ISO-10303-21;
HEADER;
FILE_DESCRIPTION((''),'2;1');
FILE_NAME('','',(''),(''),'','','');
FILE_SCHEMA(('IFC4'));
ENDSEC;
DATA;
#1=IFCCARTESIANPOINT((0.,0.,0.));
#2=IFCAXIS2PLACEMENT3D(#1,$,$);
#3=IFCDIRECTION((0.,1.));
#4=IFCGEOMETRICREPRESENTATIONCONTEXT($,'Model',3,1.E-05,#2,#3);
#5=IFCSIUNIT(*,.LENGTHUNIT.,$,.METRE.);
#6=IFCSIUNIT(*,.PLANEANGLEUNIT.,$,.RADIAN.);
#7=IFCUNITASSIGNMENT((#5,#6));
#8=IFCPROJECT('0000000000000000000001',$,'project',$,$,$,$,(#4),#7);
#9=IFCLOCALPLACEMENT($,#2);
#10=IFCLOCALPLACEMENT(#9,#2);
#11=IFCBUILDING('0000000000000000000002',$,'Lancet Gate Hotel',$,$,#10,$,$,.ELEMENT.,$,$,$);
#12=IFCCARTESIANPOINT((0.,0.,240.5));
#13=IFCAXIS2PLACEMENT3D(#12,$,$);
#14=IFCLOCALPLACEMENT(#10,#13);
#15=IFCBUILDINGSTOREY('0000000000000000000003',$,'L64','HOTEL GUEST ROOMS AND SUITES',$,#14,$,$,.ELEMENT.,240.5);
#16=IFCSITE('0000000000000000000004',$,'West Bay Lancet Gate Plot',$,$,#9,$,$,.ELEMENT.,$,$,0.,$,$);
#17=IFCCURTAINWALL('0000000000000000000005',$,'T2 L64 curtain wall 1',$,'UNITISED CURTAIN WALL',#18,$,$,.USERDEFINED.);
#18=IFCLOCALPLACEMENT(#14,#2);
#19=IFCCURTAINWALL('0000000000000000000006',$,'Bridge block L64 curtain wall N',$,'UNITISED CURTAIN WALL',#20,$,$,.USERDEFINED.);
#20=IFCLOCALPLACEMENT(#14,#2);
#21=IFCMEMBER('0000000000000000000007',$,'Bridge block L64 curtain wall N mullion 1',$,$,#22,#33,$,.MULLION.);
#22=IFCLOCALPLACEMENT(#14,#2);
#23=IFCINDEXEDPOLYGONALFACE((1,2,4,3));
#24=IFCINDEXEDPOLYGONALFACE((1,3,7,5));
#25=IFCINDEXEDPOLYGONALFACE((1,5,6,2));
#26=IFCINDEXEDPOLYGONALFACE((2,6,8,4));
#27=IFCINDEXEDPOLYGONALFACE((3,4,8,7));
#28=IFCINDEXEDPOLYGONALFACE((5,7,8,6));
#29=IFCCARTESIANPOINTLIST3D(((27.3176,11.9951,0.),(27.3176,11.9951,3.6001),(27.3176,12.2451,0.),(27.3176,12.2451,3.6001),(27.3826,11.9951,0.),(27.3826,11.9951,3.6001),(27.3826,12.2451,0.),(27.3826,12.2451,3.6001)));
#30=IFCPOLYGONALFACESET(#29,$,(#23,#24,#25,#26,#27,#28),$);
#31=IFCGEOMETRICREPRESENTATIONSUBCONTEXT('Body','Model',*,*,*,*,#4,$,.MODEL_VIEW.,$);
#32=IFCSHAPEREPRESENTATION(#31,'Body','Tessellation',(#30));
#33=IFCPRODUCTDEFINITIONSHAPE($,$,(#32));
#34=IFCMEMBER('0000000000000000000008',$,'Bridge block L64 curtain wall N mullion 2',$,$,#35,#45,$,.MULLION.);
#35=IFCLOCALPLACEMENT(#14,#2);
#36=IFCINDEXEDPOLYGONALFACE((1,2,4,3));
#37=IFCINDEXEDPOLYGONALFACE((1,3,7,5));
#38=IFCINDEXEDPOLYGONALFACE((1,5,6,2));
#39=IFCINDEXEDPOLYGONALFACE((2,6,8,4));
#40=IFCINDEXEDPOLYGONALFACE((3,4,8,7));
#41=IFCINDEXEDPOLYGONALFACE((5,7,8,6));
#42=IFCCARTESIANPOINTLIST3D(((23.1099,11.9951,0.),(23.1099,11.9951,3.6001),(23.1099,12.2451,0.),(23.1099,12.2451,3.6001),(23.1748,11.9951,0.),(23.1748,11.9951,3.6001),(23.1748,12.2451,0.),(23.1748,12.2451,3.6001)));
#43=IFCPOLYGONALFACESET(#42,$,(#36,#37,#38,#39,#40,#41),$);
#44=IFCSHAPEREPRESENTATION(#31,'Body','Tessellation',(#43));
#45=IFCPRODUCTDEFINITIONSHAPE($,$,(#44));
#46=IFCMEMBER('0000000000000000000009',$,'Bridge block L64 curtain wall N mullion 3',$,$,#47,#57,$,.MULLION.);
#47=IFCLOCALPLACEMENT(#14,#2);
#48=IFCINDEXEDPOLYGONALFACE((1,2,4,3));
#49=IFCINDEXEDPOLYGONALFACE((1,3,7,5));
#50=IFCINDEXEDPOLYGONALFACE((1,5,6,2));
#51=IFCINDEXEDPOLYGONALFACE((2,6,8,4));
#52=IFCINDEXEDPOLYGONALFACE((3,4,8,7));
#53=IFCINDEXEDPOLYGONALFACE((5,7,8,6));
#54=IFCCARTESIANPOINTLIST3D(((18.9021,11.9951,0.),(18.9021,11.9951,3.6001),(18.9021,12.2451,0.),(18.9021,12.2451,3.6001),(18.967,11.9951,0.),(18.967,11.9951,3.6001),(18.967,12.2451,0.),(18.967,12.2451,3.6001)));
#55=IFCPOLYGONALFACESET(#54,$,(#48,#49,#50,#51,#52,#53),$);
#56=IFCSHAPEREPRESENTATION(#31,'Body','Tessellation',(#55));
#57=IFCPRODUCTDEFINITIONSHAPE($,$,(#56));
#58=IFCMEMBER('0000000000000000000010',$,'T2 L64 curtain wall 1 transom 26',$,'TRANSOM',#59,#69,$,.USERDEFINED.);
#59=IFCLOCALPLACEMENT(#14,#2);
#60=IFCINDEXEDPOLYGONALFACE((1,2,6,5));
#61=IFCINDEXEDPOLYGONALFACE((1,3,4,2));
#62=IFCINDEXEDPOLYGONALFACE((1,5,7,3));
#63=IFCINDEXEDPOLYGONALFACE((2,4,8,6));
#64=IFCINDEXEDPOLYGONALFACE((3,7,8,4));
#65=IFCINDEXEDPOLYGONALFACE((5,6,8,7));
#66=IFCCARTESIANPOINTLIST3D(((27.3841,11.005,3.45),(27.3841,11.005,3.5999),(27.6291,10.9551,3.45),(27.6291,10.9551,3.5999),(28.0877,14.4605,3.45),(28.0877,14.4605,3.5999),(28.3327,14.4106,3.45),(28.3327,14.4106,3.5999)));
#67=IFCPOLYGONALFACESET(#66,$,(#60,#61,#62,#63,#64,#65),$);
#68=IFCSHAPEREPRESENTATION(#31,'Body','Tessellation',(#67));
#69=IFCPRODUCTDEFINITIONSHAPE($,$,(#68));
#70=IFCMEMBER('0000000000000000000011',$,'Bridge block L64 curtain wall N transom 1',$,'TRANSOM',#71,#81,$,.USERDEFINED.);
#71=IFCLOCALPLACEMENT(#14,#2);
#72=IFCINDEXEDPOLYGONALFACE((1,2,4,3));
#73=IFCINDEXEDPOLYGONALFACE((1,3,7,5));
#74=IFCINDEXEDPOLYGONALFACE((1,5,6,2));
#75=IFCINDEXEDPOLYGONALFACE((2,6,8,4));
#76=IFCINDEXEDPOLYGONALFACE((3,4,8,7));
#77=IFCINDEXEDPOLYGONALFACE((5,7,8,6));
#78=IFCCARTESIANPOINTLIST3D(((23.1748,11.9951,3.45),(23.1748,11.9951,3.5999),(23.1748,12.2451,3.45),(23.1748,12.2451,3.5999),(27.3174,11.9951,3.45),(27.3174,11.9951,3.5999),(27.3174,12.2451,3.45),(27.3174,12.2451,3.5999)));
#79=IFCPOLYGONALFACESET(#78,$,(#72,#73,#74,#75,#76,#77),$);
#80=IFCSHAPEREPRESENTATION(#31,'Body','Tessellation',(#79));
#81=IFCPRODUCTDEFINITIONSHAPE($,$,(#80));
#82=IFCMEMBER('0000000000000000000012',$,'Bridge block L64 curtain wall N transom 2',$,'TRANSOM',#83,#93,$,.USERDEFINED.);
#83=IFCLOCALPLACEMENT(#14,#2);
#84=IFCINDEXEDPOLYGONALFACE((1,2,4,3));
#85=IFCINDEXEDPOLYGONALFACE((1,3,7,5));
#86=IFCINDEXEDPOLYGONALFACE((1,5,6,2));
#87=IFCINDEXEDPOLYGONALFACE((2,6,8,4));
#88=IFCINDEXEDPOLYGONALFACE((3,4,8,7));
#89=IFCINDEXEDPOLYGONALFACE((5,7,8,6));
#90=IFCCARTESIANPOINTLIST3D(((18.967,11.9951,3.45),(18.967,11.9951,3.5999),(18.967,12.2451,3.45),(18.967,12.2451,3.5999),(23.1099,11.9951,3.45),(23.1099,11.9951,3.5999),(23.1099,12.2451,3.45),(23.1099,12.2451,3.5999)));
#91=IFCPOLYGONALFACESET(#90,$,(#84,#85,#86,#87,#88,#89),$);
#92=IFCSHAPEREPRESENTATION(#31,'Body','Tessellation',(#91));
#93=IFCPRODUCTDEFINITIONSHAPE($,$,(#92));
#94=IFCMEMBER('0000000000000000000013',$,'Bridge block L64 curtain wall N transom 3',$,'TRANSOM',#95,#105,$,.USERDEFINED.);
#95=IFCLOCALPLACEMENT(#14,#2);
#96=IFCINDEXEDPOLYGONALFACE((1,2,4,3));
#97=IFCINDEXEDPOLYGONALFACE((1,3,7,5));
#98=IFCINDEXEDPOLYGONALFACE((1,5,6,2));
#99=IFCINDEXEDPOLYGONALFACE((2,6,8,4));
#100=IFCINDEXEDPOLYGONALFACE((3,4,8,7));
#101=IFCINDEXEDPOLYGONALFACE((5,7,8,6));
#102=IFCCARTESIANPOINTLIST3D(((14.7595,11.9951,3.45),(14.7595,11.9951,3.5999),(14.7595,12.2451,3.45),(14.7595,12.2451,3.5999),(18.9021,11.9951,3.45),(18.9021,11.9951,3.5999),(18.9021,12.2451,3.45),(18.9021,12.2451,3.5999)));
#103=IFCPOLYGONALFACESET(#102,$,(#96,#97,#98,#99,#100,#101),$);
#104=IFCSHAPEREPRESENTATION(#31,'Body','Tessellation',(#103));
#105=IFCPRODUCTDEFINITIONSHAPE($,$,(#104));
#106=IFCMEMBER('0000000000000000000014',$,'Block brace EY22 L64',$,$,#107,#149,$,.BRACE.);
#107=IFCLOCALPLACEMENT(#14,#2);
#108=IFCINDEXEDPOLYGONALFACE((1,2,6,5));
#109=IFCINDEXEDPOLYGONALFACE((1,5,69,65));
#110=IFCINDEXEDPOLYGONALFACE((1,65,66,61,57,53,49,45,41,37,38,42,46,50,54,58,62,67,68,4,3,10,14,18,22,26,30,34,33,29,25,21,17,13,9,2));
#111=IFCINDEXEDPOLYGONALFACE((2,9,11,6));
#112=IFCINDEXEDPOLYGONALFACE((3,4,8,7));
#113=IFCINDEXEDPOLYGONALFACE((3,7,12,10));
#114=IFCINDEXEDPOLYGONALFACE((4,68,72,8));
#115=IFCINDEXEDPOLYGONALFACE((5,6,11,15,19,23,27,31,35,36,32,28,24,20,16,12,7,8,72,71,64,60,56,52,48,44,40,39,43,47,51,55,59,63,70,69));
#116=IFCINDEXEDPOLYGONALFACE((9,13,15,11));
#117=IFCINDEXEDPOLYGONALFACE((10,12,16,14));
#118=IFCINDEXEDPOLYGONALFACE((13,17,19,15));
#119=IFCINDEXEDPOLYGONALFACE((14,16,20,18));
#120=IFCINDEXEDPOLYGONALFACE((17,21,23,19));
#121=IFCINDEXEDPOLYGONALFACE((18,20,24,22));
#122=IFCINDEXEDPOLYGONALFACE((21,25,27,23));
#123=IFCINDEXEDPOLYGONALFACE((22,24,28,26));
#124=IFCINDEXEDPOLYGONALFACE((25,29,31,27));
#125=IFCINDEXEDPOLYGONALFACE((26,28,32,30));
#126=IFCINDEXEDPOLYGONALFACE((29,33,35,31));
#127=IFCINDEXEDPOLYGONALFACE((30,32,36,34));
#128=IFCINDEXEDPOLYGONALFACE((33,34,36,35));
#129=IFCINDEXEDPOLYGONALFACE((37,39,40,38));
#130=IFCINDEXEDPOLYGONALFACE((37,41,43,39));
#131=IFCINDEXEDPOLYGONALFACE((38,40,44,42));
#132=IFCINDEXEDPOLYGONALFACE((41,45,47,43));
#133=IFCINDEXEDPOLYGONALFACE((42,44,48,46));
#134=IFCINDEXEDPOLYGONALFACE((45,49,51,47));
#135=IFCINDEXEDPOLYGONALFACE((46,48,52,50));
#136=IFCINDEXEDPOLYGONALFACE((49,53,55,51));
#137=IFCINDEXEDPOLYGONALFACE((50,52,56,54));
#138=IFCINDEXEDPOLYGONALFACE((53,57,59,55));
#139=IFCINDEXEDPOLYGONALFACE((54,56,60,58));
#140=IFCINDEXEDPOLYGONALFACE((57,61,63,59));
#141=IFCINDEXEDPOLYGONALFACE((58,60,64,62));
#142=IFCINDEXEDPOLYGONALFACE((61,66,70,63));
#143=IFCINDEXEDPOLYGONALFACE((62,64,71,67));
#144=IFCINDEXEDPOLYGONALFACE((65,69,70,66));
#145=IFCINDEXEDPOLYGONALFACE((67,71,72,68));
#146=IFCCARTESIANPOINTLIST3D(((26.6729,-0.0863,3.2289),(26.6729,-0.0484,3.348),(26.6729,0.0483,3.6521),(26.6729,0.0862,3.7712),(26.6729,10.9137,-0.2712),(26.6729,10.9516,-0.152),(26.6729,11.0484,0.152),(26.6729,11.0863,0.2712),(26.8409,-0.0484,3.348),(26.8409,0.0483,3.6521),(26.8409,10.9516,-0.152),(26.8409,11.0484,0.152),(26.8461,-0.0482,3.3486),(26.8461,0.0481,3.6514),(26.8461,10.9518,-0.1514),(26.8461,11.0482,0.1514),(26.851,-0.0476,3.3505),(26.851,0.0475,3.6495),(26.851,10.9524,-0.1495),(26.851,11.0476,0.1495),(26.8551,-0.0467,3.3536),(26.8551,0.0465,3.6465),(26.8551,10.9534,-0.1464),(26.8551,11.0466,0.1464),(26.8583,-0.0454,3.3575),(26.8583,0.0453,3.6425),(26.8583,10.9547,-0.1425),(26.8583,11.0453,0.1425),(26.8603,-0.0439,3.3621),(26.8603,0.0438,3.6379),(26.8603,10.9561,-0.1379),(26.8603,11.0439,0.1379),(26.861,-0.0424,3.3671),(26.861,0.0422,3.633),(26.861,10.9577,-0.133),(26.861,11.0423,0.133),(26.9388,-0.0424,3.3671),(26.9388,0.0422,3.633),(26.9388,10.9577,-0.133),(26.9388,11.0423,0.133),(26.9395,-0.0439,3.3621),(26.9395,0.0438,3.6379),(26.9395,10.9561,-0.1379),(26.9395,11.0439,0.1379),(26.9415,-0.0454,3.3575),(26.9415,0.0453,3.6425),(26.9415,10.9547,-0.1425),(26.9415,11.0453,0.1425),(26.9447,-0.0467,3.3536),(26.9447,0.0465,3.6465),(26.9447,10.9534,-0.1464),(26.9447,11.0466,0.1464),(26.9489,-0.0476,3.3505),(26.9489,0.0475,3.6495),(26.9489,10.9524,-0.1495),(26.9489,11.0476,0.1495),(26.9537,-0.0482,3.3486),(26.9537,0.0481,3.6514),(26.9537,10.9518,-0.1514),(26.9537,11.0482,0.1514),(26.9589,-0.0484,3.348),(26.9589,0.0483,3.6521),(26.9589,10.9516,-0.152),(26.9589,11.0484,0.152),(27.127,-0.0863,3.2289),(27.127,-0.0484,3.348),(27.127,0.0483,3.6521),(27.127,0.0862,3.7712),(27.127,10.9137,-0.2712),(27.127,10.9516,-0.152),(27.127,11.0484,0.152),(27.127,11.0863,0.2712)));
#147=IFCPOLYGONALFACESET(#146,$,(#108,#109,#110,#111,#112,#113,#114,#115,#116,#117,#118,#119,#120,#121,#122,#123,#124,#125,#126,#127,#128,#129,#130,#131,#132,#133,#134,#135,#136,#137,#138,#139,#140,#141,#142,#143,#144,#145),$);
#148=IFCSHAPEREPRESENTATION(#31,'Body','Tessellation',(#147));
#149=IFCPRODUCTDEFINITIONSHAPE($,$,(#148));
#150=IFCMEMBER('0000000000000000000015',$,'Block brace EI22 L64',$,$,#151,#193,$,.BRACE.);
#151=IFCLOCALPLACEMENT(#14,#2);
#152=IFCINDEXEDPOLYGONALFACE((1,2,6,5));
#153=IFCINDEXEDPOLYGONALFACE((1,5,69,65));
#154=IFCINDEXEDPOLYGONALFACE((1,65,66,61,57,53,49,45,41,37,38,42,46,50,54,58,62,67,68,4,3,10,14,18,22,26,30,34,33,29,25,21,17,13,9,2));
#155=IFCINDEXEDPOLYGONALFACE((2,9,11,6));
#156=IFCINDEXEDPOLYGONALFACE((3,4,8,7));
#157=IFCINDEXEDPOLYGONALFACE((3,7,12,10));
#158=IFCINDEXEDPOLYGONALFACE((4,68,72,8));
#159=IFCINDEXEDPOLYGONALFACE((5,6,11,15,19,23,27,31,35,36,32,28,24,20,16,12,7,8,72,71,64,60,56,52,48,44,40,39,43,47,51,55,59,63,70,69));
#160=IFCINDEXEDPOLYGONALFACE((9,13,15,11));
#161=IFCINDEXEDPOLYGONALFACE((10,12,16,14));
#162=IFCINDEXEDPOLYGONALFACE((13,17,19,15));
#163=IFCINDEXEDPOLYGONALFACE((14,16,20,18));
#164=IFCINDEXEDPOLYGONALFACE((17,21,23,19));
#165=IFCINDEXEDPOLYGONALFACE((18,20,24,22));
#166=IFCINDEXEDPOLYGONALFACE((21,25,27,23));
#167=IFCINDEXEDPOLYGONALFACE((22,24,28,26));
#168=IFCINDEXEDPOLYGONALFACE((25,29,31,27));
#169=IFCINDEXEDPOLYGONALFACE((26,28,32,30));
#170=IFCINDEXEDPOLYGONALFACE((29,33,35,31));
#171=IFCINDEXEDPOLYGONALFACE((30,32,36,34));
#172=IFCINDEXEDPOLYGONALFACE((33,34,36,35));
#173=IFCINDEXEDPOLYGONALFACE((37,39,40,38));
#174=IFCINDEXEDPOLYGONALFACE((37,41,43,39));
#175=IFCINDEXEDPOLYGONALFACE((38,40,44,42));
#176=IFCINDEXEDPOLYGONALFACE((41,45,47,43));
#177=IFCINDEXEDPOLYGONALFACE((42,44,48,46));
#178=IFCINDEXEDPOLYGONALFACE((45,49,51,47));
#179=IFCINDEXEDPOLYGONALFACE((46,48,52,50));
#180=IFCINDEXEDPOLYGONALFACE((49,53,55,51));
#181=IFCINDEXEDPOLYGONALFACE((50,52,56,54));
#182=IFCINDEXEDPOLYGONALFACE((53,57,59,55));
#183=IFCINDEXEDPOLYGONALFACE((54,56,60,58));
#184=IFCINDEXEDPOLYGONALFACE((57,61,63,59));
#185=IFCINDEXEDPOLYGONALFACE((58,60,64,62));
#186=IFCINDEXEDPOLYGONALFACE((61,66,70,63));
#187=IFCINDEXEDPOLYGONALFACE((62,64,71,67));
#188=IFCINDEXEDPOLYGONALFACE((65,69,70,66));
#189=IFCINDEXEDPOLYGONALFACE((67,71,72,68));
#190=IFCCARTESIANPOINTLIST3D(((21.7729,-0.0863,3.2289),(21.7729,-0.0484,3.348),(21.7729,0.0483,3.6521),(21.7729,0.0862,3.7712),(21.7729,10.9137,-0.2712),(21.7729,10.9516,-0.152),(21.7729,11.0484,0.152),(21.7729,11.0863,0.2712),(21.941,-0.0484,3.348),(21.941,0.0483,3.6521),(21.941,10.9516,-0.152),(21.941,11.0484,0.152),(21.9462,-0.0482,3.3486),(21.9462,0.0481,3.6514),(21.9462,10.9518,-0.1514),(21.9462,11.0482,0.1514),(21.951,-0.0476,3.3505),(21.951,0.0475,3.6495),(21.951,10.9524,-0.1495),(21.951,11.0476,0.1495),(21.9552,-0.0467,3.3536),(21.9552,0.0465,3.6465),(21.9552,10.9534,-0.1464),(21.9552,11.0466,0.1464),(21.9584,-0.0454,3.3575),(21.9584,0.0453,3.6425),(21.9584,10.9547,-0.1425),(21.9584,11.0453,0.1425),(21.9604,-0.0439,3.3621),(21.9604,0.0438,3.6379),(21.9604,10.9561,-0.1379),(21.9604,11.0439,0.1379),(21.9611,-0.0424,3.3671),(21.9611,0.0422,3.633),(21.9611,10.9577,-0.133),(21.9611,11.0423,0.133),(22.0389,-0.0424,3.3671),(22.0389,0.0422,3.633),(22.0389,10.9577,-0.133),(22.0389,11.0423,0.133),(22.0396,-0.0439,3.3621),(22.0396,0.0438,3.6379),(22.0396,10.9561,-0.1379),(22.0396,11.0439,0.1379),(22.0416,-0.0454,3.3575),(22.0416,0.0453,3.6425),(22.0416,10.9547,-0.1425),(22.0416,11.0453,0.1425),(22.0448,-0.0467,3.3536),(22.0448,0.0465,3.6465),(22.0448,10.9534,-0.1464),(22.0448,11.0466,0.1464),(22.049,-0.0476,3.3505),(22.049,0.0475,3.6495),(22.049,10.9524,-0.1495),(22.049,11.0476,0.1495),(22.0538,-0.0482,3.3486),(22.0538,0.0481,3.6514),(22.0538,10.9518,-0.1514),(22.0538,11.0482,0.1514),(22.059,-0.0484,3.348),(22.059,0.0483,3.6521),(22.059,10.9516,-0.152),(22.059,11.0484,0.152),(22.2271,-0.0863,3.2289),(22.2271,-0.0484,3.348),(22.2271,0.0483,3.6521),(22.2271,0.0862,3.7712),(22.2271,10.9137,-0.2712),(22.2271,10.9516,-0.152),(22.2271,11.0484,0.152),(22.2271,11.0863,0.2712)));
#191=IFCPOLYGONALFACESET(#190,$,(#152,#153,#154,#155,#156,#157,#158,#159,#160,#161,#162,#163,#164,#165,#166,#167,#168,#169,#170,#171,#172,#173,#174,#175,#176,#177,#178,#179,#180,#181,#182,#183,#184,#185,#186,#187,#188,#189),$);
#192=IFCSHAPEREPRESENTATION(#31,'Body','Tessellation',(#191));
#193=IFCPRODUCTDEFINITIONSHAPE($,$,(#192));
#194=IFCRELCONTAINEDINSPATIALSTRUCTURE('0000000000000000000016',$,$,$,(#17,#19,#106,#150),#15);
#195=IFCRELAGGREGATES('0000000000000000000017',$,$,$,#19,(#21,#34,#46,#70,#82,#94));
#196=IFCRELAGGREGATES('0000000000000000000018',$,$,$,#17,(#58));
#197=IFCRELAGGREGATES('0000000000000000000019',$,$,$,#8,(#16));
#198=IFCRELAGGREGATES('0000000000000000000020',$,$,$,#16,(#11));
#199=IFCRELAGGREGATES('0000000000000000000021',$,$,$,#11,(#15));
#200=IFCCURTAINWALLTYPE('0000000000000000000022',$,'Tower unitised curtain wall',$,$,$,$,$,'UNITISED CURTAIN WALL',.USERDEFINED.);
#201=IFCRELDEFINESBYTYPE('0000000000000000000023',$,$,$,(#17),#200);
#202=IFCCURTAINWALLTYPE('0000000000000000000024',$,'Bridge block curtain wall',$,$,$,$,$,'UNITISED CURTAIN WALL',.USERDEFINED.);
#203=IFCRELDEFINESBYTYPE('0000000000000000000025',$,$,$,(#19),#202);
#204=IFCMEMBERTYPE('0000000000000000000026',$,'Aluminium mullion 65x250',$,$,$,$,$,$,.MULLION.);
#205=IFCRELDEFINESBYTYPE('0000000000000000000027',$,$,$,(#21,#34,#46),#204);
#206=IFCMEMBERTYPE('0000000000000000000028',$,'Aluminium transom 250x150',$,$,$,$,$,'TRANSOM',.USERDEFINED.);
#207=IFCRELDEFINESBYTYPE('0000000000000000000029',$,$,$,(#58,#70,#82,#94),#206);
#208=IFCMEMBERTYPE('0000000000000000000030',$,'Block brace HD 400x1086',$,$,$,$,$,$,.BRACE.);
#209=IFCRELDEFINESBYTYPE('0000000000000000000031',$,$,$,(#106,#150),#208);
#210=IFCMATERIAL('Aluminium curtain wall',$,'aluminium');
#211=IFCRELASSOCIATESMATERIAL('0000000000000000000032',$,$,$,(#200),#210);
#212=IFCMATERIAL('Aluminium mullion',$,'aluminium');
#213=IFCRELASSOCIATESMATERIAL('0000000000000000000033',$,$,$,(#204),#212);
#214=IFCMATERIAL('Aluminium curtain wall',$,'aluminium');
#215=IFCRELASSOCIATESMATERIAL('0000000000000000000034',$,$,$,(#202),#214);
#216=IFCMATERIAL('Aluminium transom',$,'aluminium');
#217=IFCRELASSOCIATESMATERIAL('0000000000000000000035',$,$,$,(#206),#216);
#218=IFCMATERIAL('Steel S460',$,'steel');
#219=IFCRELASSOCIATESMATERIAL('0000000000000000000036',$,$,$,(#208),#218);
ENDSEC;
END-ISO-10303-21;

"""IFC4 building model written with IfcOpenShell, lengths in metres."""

from ifc_helpers import new_model, si_unit, direction, frame, origin, origin_2d, place, context, subcontext, project, spatial, rectangle, i_section, extrude, material, material_profile, profile_set, type_object, element, aggregate, save


model = new_model("IFC4")

# Units and contexts
model_context = context("Model", 3, precision=1e-05, world=origin(), true_north=direction((0.0, 1.0)))
body_context = subcontext(model_context, "Body", "Model", "MODEL_VIEW")
ifc_project = project(units=[si_unit("LENGTHUNIT", "METRE"), si_unit("PLANEANGLEUNIT", "RADIAN")], contexts=[model_context])

# Site, building, storey
site_placement = place(None, origin())
site = spatial("IfcSite", under=ifc_project, at=site_placement, Name="West Bay Lancet Gate Plot", CompositionType="ELEMENT", RefElevation=0.0)
building_placement = place(site_placement, origin())
building = spatial("IfcBuilding", under=site, at=building_placement, Name="Lancet Gate Hotel", CompositionType="ELEMENT")
storey_placement = place(building_placement, frame((0.0, 0.0, 240.5)))
storey = spatial("IfcBuildingStorey", under=building, at=storey_placement, Name="L64", Description="HOTEL GUEST ROOMS AND SUITES", CompositionType="ELEMENT", Elevation=240.5)

# Curtain walls, members
ifc_material_1 = material(Name="Aluminium curtain wall", Category="aluminium")
curtain_wall_type_1 = type_object("IfcCurtainWallType", Name="Tower unitised curtain wall", ElementType="UNITISED CURTAIN WALL", PredefinedType="USERDEFINED", material=ifc_material_1)
curtain_wall_1_placement = place(storey_placement, origin())
curtain_wall_1 = element("IfcCurtainWall", 1, at=curtain_wall_1_placement, inside=storey, type_object=curtain_wall_type_1, Name="T2 L64 curtain wall 1", ObjectType="UNITISED CURTAIN WALL", PredefinedType="USERDEFINED")
ifc_material_2 = material(Name="Aluminium mullion", Category="aluminium")
ifc_material_profile_1 = material_profile(ifc_material_2, rectangle(XDim=0.0649, YDim=0.25, at=origin_2d()), Name="MULLION 65x250")
ifc_profile_set_1 = profile_set([ifc_material_profile_1], Name="Aluminium mullion")
member_type_1 = type_object("IfcMemberType", Name="Aluminium mullion 65x250", PredefinedType="MULLION", material=ifc_profile_set_1)
ifc_material_3 = material(Name="Aluminium curtain wall", Category="aluminium")
curtain_wall_type_2 = type_object("IfcCurtainWallType", Name="Bridge block curtain wall", ElementType="UNITISED CURTAIN WALL", PredefinedType="USERDEFINED", material=ifc_material_3)
curtain_wall_2_placement = place(storey_placement, origin())
curtain_wall_2 = element("IfcCurtainWall", 2, at=curtain_wall_2_placement, inside=storey, type_object=curtain_wall_type_2, Name="Bridge block L64 curtain wall N", ObjectType="UNITISED CURTAIN WALL", PredefinedType="USERDEFINED")
member_1_placement = place(storey_placement, frame((27.3501, 12.1201, 0.0), z_axis=(0.0, 0.0, 1.0), x_axis=(-1.0, 0.0, 0.0)))
member_1 = element("IfcMember", 3, at=member_1_placement, type_object=member_type_1, Name="Bridge block L64 curtain wall N mullion 1", PredefinedType="MULLION", context=body_context, shape_type="SweptSolid", body=[
    extrude(rectangle(XDim=0.0649, YDim=0.25, at=origin_2d()), origin(), (0.0, 0.0, 1.0), 3.6001),
])
member_2_placement = place(storey_placement, frame((23.1423, 12.1201, 0.0), z_axis=(0.0, 0.0, 1.0), x_axis=(-1.0, 0.0, 0.0)))
member_2 = element("IfcMember", 4, at=member_2_placement, type_object=member_type_1, Name="Bridge block L64 curtain wall N mullion 2", PredefinedType="MULLION", context=body_context, shape_type="SweptSolid", body=[
    extrude(rectangle(XDim=0.0649, YDim=0.25, at=origin_2d()), origin(), (0.0, 0.0, 1.0), 3.6001),
])
member_3_placement = place(storey_placement, frame((18.9346, 12.1201, 0.0), z_axis=(0.0, 0.0, 1.0), x_axis=(-1.0, 0.0, 0.0)))
member_3 = element("IfcMember", 5, at=member_3_placement, type_object=member_type_1, Name="Bridge block L64 curtain wall N mullion 3", PredefinedType="MULLION", context=body_context, shape_type="SweptSolid", body=[
    extrude(rectangle(XDim=0.0649, YDim=0.25, at=origin_2d()), origin(), (0.0, 0.0, 1.0), 3.6001),
])

# Members
ifc_material_4 = material(Name="Aluminium transom", Category="aluminium")
ifc_material_profile_2 = material_profile(ifc_material_4, rectangle(XDim=0.25, YDim=0.1499, at=origin_2d()), Name="TRANSOM 250x150")
ifc_profile_set_2 = profile_set([ifc_material_profile_2], Name="Aluminium transom")
member_type_2 = type_object("IfcMemberType", Name="Aluminium transom 250x150", ElementType="TRANSOM", PredefinedType="USERDEFINED", material=ifc_profile_set_2)
member_4_placement = place(storey_placement, frame((28.2102, 14.4355, 3.5249), z_axis=(-0.199523, -0.979893, 0.0), x_axis=(0.979893, -0.199523, 0.0)))
member_4 = element("IfcMember", 6, at=member_4_placement, type_object=member_type_2, Name="T2 L64 curtain wall 1 transom 26", ObjectType="TRANSOM", PredefinedType="USERDEFINED", context=body_context, shape_type="SweptSolid", body=[
    extrude(rectangle(XDim=0.25, YDim=0.1499, at=origin_2d()), origin(), (0.0, 0.0, 1.0), 3.5264),
])
member_5_placement = place(storey_placement, frame((27.3174, 12.1201, 3.5249), z_axis=(-1.0, 0.0, 0.0), x_axis=(0.0, -1.0, 0.0)))
member_5 = element("IfcMember", 7, at=member_5_placement, type_object=member_type_2, Name="Bridge block L64 curtain wall N transom 1", ObjectType="TRANSOM", PredefinedType="USERDEFINED", context=body_context, shape_type="SweptSolid", body=[
    extrude(rectangle(XDim=0.25, YDim=0.1499, at=origin_2d()), origin(), (0.0, 0.0, 1.0), 4.1426),
])
member_6_placement = place(storey_placement, frame((23.1099, 12.1201, 3.5249), z_axis=(-1.0, 0.0, 0.0), x_axis=(0.0, -1.0, 0.0)))
member_6 = element("IfcMember", 8, at=member_6_placement, type_object=member_type_2, Name="Bridge block L64 curtain wall N transom 2", ObjectType="TRANSOM", PredefinedType="USERDEFINED", context=body_context, shape_type="SweptSolid", body=[
    extrude(rectangle(XDim=0.25, YDim=0.1499, at=origin_2d()), origin(), (0.0, 0.0, 1.0), 4.1428),
])
member_7_placement = place(storey_placement, frame((18.9021, 12.1201, 3.5249), z_axis=(-1.0, 0.0, 0.0), x_axis=(0.0, -1.0, 0.0)))
member_7 = element("IfcMember", 9, at=member_7_placement, type_object=member_type_2, Name="Bridge block L64 curtain wall N transom 3", ObjectType="TRANSOM", PredefinedType="USERDEFINED", context=body_context, shape_type="SweptSolid", body=[
    extrude(rectangle(XDim=0.25, YDim=0.1499, at=origin_2d()), origin(), (0.0, 0.0, 1.0), 4.1426),
])

# Members
ifc_material_5 = material(Name="Steel S460", Category="steel")
ifc_material_profile_3 = material_profile(ifc_material_5, i_section(OverallWidth=0.4541, OverallDepth=0.5691, WebThickness=0.0779, FlangeThickness=0.125, FilletRadius=0.02, at=origin_2d()), Name="HD 400x1086")
ifc_profile_set_3 = profile_set([ifc_material_profile_3], Name="Steel S460")
member_type_3 = type_object("IfcMemberType", Name="Block brace HD 400x1086", PredefinedType="BRACE", material=ifc_profile_set_3)
for number, where, z_axis, x_axis, name in (
    (10, (26.8999, 11.0, 0.0), (0.0, -0.952926, 0.303204), (1.0, 0.0, 0.0), "Block brace EY22 L64"),
    (11, (22.0, 11.0, 0.0), (0.0, -0.952926, 0.303204), (1.0, 0.0, 0.0), "Block brace EI22 L64"),
):
    element("IfcMember", number, at=place(storey_placement, frame(where, z_axis=z_axis, x_axis=x_axis)), inside=storey, type_object=member_type_3, Name=name, PredefinedType="BRACE", context=body_context, shape_type="SweptSolid", body=[
        extrude(i_section(OverallWidth=0.4541, OverallDepth=0.5691, WebThickness=0.0779, FlangeThickness=0.125, FilletRadius=0.02, at=origin_2d()), origin(), (0.0, 0.0, 1.0), 11.5435),
    ])

aggregate(curtain_wall_2, [member_1, member_2, member_3, member_5, member_6, member_7])
aggregate(curtain_wall_1, [member_4])

save(model, "model.ifc")
